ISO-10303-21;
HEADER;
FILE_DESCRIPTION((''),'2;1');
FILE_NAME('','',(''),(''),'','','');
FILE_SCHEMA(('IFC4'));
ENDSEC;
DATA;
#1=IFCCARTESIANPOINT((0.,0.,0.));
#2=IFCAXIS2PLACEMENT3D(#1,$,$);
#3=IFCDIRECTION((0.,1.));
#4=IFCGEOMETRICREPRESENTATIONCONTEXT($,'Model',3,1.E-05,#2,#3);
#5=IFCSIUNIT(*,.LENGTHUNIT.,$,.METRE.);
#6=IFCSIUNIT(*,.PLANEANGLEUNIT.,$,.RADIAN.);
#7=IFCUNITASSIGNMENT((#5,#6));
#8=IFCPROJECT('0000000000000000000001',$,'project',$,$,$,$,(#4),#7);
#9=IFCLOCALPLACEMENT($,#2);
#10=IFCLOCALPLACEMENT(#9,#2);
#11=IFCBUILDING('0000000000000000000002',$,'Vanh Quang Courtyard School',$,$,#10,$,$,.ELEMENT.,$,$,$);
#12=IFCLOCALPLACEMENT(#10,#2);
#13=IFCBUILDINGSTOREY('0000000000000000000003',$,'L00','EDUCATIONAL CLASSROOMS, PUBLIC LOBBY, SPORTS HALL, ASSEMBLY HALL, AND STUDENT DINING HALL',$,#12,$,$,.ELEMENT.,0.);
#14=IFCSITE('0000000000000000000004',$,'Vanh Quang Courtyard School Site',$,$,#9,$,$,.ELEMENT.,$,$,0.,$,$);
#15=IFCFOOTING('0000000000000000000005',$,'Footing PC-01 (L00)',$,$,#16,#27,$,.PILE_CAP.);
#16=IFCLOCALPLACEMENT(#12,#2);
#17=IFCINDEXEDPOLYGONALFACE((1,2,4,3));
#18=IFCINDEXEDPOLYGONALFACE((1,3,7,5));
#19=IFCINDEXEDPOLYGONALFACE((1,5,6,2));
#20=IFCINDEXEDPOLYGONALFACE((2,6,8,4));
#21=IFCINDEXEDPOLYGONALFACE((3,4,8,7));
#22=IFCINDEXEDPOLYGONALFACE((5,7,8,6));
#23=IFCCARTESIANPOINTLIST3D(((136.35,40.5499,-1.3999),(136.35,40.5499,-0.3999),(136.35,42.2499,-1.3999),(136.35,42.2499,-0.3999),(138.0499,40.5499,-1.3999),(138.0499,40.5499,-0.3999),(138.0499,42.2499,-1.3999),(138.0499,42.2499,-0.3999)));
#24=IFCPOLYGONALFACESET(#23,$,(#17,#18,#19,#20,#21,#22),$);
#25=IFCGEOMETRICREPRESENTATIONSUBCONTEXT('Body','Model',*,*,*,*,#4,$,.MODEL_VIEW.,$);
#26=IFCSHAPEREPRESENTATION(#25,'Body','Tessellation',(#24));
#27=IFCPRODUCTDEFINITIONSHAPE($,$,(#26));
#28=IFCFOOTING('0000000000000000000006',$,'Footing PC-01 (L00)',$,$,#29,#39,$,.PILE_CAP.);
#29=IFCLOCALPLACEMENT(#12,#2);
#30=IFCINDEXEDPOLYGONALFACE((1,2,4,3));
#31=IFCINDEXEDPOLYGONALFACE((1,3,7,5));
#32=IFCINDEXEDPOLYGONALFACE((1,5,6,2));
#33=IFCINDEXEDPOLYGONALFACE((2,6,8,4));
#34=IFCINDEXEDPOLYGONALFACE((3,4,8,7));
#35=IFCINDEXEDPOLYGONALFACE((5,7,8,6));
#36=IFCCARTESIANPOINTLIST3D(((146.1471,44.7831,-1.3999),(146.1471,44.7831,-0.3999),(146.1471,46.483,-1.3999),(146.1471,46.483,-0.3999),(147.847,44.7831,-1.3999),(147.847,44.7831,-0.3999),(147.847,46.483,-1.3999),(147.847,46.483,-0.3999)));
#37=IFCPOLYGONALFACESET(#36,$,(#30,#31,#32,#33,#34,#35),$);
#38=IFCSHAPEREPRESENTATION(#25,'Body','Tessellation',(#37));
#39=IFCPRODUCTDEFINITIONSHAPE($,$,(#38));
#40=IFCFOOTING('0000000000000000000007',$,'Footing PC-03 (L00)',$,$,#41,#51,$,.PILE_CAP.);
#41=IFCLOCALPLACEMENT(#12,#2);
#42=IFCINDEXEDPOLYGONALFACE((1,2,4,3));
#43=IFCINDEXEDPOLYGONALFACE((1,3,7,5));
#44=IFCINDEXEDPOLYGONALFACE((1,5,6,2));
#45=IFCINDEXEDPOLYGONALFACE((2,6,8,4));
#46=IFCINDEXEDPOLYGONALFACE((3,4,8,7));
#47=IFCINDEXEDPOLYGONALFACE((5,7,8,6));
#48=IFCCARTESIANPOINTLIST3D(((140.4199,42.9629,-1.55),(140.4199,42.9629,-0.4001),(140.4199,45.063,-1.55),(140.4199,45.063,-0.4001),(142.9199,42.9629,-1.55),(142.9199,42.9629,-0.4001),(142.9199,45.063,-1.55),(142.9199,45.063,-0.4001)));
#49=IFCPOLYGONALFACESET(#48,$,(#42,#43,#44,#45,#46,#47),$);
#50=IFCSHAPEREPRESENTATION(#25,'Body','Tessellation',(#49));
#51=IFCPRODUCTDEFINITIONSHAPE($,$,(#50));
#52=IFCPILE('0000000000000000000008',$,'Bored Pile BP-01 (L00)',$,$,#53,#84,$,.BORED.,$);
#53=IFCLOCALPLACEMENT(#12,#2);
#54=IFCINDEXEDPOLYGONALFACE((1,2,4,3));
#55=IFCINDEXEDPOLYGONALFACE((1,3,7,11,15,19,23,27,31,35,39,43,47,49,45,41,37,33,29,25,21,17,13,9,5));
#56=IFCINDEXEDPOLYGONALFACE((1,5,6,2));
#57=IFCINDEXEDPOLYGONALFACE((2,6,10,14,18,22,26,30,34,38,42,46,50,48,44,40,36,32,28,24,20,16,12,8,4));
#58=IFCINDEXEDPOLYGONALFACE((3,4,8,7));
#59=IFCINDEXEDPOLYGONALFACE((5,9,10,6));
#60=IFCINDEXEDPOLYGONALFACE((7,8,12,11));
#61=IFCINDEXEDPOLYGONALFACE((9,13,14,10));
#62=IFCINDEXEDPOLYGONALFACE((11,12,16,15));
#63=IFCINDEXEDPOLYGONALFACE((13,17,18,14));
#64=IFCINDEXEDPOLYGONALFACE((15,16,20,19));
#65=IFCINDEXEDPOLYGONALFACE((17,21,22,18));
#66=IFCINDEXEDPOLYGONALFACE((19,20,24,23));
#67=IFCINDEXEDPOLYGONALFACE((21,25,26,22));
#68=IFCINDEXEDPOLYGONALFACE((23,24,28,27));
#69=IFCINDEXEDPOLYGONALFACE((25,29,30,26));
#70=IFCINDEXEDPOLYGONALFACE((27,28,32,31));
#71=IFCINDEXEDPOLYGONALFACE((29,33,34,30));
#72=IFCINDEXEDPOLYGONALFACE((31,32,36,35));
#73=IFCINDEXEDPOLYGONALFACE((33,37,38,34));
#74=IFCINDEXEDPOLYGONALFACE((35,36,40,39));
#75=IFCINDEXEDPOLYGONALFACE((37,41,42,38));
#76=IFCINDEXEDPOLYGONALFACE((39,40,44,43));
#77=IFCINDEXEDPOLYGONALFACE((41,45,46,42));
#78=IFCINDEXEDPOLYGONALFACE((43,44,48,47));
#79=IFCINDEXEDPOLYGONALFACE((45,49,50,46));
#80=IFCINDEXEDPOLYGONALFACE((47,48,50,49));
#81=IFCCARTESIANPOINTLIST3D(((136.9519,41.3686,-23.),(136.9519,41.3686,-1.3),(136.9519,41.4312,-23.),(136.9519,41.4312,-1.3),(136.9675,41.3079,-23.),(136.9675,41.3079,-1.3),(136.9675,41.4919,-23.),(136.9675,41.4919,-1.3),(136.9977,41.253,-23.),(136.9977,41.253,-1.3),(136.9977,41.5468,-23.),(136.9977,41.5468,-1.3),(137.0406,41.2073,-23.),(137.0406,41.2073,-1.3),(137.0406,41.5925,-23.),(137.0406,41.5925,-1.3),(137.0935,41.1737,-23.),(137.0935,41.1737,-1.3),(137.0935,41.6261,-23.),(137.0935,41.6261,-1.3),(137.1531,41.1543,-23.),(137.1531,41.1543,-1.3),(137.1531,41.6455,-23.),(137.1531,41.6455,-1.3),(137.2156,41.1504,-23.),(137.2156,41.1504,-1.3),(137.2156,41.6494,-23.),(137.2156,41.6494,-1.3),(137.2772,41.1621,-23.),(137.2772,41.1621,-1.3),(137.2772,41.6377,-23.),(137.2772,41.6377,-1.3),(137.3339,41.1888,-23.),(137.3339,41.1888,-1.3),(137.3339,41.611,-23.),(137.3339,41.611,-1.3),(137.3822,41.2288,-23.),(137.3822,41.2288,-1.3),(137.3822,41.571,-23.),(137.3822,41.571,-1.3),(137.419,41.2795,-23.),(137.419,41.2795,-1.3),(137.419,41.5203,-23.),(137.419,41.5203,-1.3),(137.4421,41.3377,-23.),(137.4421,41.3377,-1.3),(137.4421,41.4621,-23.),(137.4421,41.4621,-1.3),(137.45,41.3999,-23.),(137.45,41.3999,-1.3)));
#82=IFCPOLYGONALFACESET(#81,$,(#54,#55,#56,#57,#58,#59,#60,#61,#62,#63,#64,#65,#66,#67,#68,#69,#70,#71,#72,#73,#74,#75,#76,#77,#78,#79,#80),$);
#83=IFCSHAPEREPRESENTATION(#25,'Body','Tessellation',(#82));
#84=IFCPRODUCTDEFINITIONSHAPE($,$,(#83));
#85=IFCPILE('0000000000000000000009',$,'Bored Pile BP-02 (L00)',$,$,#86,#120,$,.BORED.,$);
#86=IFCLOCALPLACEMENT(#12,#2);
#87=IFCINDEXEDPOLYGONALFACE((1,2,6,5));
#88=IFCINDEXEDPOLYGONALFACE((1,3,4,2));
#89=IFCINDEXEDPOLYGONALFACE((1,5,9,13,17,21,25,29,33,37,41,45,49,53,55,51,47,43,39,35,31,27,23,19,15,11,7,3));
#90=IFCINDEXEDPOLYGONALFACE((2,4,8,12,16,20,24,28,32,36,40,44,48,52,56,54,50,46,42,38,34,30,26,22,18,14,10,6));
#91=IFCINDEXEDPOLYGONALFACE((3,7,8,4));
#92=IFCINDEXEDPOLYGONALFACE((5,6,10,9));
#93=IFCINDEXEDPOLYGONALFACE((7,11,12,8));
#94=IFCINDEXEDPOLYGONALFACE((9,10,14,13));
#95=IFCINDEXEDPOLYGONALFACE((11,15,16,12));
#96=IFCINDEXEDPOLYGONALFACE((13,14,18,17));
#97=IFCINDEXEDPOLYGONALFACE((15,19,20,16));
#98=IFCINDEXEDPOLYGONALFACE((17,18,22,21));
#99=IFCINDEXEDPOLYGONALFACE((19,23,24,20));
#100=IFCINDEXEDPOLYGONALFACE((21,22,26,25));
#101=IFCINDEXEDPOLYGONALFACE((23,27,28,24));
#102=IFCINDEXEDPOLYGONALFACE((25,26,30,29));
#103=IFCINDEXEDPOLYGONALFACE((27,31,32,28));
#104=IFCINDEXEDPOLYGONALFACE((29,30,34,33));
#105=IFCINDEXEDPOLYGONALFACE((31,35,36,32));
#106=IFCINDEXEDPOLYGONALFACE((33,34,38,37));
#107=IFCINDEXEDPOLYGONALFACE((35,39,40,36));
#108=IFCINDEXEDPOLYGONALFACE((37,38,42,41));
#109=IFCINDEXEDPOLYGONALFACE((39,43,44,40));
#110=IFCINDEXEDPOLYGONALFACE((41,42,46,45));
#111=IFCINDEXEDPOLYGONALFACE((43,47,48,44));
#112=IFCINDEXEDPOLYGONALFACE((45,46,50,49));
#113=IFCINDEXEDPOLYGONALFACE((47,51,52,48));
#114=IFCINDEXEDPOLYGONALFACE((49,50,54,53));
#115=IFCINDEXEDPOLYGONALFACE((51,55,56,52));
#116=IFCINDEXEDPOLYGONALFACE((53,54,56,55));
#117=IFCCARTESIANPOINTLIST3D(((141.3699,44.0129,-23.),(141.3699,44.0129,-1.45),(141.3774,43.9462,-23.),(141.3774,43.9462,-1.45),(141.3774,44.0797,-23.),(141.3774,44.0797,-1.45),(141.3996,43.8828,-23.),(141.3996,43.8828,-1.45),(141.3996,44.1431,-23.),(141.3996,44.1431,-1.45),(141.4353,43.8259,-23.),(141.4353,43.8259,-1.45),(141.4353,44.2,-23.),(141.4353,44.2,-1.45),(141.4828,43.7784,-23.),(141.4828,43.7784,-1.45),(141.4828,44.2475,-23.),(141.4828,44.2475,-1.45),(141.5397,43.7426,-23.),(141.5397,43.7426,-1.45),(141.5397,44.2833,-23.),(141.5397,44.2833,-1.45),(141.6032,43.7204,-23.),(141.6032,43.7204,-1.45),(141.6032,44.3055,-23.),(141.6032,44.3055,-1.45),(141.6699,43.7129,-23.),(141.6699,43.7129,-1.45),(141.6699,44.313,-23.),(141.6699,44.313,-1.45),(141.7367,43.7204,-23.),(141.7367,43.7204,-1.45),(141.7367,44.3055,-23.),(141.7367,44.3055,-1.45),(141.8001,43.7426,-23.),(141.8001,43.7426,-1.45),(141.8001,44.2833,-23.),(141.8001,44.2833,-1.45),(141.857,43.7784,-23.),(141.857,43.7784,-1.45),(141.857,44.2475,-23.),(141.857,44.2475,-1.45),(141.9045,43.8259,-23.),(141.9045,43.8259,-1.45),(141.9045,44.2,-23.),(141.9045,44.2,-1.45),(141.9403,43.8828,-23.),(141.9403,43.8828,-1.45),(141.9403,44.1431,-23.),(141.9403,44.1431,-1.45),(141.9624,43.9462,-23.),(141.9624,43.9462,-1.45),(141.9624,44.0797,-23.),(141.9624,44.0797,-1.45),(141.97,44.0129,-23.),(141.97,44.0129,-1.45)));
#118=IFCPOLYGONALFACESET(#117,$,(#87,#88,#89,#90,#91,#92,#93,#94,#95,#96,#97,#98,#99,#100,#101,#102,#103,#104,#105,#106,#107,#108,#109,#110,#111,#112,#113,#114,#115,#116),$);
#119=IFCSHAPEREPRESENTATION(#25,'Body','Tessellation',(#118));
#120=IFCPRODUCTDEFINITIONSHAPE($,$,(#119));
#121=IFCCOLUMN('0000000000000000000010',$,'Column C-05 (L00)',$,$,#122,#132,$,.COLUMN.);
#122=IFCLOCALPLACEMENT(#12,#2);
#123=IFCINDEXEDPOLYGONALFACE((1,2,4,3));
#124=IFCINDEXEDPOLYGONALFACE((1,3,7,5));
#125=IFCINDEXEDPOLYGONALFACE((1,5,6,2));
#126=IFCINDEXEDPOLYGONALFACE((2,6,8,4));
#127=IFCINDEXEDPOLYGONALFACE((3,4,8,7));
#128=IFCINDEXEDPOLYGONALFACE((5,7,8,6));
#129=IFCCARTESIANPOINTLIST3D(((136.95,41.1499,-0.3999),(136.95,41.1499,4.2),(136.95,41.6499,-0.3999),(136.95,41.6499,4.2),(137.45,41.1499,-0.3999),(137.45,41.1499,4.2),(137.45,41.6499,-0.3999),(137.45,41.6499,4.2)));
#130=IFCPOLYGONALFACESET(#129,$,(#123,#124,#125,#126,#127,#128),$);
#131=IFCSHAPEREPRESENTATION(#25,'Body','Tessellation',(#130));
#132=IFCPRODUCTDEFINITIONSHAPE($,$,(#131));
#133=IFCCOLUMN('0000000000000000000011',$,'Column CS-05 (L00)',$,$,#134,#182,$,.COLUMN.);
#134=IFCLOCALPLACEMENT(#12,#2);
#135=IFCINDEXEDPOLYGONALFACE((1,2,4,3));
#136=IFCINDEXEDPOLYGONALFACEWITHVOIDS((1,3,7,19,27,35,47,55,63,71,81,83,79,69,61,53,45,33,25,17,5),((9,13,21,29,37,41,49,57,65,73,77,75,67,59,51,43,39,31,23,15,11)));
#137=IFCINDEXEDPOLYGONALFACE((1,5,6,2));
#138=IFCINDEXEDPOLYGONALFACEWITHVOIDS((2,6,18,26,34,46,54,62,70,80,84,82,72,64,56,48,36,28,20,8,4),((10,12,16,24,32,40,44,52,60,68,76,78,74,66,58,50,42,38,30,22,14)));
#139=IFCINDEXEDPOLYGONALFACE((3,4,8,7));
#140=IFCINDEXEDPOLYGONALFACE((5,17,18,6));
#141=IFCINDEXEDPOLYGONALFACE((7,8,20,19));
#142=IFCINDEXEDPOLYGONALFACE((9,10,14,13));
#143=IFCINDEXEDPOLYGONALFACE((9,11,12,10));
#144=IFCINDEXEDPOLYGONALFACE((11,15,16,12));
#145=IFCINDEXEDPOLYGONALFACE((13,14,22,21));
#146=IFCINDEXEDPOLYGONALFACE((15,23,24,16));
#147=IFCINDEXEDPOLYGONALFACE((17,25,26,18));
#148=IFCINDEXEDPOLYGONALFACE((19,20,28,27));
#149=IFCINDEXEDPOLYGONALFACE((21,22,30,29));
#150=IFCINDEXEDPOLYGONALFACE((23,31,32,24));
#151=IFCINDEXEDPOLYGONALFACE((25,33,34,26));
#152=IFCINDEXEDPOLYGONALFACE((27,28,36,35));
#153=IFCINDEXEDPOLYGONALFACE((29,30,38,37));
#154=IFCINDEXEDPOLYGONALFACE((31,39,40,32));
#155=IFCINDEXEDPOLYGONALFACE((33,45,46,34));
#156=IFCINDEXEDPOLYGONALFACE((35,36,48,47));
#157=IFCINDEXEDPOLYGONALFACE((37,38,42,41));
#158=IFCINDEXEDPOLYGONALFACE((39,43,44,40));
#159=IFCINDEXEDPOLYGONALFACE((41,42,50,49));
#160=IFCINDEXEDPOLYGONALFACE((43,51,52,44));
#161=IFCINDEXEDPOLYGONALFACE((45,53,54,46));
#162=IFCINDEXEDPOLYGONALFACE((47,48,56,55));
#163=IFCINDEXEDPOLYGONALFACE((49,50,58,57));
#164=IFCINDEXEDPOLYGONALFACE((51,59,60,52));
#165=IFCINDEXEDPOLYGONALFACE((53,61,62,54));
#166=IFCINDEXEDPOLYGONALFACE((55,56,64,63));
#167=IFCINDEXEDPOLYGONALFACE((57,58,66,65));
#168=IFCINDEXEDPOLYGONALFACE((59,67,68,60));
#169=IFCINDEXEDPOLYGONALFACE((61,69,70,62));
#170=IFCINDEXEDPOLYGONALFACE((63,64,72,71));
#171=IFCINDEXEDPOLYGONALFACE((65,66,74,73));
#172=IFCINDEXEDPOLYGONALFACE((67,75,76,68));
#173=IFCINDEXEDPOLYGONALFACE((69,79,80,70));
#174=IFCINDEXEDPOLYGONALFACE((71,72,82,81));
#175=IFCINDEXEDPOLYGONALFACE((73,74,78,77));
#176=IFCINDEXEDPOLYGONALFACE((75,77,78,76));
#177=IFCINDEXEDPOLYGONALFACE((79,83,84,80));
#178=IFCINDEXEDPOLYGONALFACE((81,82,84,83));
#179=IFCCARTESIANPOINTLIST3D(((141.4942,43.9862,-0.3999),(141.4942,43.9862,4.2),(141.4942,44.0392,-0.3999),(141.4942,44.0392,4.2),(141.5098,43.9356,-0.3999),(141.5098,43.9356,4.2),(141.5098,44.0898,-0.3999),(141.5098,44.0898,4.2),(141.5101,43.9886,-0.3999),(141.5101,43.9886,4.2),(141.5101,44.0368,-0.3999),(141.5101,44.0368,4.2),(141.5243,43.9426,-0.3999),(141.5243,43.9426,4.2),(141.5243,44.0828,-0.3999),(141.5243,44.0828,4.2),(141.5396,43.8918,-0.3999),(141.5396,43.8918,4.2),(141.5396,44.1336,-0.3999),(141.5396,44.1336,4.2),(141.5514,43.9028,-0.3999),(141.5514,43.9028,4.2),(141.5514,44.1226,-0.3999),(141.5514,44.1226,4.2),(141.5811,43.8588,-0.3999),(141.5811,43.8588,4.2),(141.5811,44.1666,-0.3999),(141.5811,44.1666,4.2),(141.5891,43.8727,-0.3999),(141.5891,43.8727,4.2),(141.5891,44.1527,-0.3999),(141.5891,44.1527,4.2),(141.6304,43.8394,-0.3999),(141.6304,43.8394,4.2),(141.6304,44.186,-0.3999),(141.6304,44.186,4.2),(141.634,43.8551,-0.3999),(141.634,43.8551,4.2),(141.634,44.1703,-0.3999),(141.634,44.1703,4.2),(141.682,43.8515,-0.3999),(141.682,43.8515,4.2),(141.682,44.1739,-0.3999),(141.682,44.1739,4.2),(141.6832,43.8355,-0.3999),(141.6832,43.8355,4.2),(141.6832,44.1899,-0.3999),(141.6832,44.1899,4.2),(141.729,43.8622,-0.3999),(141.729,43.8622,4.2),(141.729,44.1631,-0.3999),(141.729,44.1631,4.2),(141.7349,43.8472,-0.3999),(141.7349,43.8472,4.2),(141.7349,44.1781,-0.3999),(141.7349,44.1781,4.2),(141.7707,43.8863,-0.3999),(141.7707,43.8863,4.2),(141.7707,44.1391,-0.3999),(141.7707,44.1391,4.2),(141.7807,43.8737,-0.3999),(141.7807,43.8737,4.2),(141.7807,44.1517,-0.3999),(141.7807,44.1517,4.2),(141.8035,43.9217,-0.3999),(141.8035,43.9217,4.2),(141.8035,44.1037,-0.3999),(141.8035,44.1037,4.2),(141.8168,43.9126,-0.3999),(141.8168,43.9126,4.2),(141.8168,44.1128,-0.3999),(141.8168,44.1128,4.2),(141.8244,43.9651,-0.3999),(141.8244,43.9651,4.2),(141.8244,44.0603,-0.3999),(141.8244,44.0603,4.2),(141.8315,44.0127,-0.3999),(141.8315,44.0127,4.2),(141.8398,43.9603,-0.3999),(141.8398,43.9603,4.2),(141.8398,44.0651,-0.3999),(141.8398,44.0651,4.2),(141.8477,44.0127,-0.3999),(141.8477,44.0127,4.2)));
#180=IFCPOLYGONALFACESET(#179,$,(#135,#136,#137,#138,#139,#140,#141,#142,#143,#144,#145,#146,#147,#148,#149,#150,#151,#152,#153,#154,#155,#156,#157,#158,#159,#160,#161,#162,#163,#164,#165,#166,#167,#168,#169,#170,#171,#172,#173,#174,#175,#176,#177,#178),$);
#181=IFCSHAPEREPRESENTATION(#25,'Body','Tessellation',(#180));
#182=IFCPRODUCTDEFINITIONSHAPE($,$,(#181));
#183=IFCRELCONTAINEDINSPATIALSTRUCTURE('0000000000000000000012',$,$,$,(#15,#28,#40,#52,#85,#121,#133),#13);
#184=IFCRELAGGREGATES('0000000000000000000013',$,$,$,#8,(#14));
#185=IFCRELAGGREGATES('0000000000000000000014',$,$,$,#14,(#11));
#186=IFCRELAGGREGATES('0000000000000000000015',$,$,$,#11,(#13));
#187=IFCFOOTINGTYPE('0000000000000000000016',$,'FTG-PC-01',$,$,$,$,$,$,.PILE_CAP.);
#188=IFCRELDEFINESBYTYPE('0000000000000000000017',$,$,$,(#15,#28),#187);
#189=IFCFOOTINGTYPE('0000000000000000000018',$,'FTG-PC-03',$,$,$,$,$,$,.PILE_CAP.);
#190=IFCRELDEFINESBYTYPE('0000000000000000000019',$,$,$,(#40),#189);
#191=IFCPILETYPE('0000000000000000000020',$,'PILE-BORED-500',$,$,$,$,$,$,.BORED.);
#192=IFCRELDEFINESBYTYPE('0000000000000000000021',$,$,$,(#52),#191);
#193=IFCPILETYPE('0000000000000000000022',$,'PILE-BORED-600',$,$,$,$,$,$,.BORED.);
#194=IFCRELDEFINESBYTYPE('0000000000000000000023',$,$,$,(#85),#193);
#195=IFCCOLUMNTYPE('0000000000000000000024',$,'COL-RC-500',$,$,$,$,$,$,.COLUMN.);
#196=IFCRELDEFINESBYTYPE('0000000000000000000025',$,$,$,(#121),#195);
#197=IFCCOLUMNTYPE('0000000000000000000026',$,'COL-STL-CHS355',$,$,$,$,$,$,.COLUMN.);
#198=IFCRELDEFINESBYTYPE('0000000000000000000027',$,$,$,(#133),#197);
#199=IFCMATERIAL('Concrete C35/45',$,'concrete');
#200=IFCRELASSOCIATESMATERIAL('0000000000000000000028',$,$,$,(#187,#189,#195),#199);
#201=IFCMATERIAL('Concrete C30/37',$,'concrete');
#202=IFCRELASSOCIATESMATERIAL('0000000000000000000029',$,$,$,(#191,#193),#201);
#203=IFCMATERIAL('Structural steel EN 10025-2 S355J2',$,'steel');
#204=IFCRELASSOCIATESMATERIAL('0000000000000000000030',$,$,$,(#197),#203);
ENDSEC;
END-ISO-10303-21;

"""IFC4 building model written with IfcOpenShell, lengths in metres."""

from ifc_helpers import new_model, si_unit, direction, frame, origin, origin_2d, place, context, subcontext, project, spatial, rectangle, circle, hollow_circle, extrude, material, material_profile, profile_set, type_object, element, save


model = new_model("IFC4")

# Units and contexts
model_context = context("Model", 3, precision=1e-05, world=origin(), true_north=direction((0.0, 1.0)))
body_context = subcontext(model_context, "Body", "Model", "MODEL_VIEW")
ifc_project = project(units=[si_unit("LENGTHUNIT", "METRE"), si_unit("PLANEANGLEUNIT", "RADIAN")], contexts=[model_context])

# Site, building, storey
site_placement = place(None, origin())
site = spatial("IfcSite", under=ifc_project, at=site_placement, Name="Vanh Quang Courtyard School Site", CompositionType="ELEMENT", RefElevation=0.0)
building_placement = place(site_placement, origin())
building = spatial("IfcBuilding", under=site, at=building_placement, Name="Vanh Quang Courtyard School", CompositionType="ELEMENT")
storey_placement = place(building_placement, origin())
storey = spatial("IfcBuildingStorey", under=building, at=storey_placement, Name="L00", Description="EDUCATIONAL CLASSROOMS, PUBLIC LOBBY, SPORTS HALL, ASSEMBLY HALL, AND STUDENT DINING HALL", CompositionType="ELEMENT", Elevation=0.0)

# Footings
ifc_material_1 = material(Name="Concrete C35/45", Category="concrete")
footing_type_1 = type_object("IfcFootingType", Name="FTG-PC-01", PredefinedType="PILE_CAP", material=ifc_material_1)
for number, where, z_axis, x_axis, name in (
    (1, (137.2, 41.3999, -1.3999), (0.0, 0.0, 1.0), (1.0, 0.0, 0.0), "Footing PC-01 (L00)"),
    (2, (146.9971, 45.6331, -1.3999), (0.0, 0.0, 1.0), (1.0, 0.0, 0.0), "Footing PC-01 (L00)"),
):
    element("IfcFooting", number, at=place(storey_placement, frame(where, z_axis=z_axis, x_axis=x_axis)), inside=storey, type_object=footing_type_1, Name=name, PredefinedType="PILE_CAP", context=body_context, shape_type="SweptSolid", body=[
        extrude(rectangle(XDim=1.7, YDim=1.7, at=origin_2d()), origin(), (0.0, 0.0, 1.0), 1.0),
    ])
footing_type_2 = type_object("IfcFootingType", Name="FTG-PC-03", PredefinedType="PILE_CAP", material=ifc_material_1)
footing_placement = place(storey_placement, frame((141.6699, 44.0129, -1.55), z_axis=(0.0, 0.0, 1.0), x_axis=(1.0, 0.0, 0.0)))
element("IfcFooting", 3, at=footing_placement, inside=storey, type_object=footing_type_2, Name="Footing PC-03 (L00)", PredefinedType="PILE_CAP", context=body_context, shape_type="SweptSolid", body=[
    extrude(rectangle(XDim=2.5, YDim=2.1001, at=origin_2d()), origin(), (0.0, 0.0, 1.0), 1.1499),
])

# Piles
ifc_material_2 = material(Name="Concrete C30/37", Category="concrete")
ifc_material_profile_1 = material_profile(ifc_material_2, circle(Radius=0.25, at=origin_2d()), Name="PILE D500")
ifc_profile_set_1 = profile_set([ifc_material_profile_1], Name="Concrete C30/37")
pile_type_1 = type_object("IfcPileType", Name="PILE-BORED-500", PredefinedType="BORED", material=ifc_profile_set_1)
pile_1_placement = place(storey_placement, frame((137.2, 41.3999, -1.3), z_axis=(0.0, 0.0, -1.0), x_axis=(1.0, 0.0, 0.0)))
element("IfcPile", 4, at=pile_1_placement, inside=storey, type_object=pile_type_1, Name="Bored Pile BP-01 (L00)", PredefinedType="BORED", context=body_context, shape_type="SweptSolid", body=[
    extrude(circle(Radius=0.25, at=origin_2d()), origin(), (0.0, 0.0, 1.0), 21.7),
])
ifc_material_profile_2 = material_profile(ifc_material_2, circle(Radius=0.3, at=origin_2d()), Name="PILE D600")
ifc_profile_set_2 = profile_set([ifc_material_profile_2], Name="Concrete C30/37")
pile_type_2 = type_object("IfcPileType", Name="PILE-BORED-600", PredefinedType="BORED", material=ifc_profile_set_2)
pile_2_placement = place(storey_placement, frame((141.6699, 44.0129, -1.45), z_axis=(0.0, 0.0, -1.0), x_axis=(1.0, 0.0, 0.0)))
element("IfcPile", 5, at=pile_2_placement, inside=storey, type_object=pile_type_2, Name="Bored Pile BP-02 (L00)", PredefinedType="BORED", context=body_context, shape_type="SweptSolid", body=[
    extrude(circle(Radius=0.3, at=origin_2d()), origin(), (0.0, 0.0, 1.0), 21.55),
])

# Columns
ifc_material_profile_3 = material_profile(ifc_material_1, rectangle(XDim=0.5, YDim=0.5, at=origin_2d()), Name="RC-COL 500x500")
ifc_profile_set_3 = profile_set([ifc_material_profile_3], Name="Concrete C35/45")
column_type_1 = type_object("IfcColumnType", Name="COL-RC-500", PredefinedType="COLUMN", material=ifc_profile_set_3)
column_1_placement = place(storey_placement, frame((137.2, 41.3999, -0.3999), z_axis=(0.0, 0.0, 1.0), x_axis=(1.0, 0.0, 0.0)))
element("IfcColumn", 6, at=column_1_placement, inside=storey, type_object=column_type_1, Name="Column C-05 (L00)", PredefinedType="COLUMN", context=body_context, shape_type="SweptSolid", body=[
    extrude(rectangle(XDim=0.5, YDim=0.5, at=origin_2d()), origin(), (0.0, 0.0, 1.0), 4.5999),
])
ifc_material_3 = material(Name="Structural steel EN 10025-2 S355J2", Category="steel")
ifc_material_profile_4 = material_profile(ifc_material_3, hollow_circle(Radius=0.1777, WallThickness=0.0161, at=origin_2d()), Name="CHS 355.6x16")
ifc_profile_set_4 = profile_set([ifc_material_profile_4], Name="Structural steel EN 10025-2 S355J2")
column_type_2 = type_object("IfcColumnType", Name="COL-STL-CHS355", PredefinedType="COLUMN", material=ifc_profile_set_4)
column_2_placement = place(storey_placement, frame((141.6699, 44.0127, -0.3999), z_axis=(0.0, 0.0, 1.0), x_axis=(1.0, 0.0, 0.0)))
element("IfcColumn", 7, at=column_2_placement, inside=storey, type_object=column_type_2, Name="Column CS-05 (L00)", PredefinedType="COLUMN", context=body_context, shape_type="SweptSolid", body=[
    extrude(hollow_circle(Radius=0.1777, WallThickness=0.0161, at=origin_2d()), origin(), (0.0, 0.0, 1.0), 4.5999),
])

save(model, "model.ifc")
